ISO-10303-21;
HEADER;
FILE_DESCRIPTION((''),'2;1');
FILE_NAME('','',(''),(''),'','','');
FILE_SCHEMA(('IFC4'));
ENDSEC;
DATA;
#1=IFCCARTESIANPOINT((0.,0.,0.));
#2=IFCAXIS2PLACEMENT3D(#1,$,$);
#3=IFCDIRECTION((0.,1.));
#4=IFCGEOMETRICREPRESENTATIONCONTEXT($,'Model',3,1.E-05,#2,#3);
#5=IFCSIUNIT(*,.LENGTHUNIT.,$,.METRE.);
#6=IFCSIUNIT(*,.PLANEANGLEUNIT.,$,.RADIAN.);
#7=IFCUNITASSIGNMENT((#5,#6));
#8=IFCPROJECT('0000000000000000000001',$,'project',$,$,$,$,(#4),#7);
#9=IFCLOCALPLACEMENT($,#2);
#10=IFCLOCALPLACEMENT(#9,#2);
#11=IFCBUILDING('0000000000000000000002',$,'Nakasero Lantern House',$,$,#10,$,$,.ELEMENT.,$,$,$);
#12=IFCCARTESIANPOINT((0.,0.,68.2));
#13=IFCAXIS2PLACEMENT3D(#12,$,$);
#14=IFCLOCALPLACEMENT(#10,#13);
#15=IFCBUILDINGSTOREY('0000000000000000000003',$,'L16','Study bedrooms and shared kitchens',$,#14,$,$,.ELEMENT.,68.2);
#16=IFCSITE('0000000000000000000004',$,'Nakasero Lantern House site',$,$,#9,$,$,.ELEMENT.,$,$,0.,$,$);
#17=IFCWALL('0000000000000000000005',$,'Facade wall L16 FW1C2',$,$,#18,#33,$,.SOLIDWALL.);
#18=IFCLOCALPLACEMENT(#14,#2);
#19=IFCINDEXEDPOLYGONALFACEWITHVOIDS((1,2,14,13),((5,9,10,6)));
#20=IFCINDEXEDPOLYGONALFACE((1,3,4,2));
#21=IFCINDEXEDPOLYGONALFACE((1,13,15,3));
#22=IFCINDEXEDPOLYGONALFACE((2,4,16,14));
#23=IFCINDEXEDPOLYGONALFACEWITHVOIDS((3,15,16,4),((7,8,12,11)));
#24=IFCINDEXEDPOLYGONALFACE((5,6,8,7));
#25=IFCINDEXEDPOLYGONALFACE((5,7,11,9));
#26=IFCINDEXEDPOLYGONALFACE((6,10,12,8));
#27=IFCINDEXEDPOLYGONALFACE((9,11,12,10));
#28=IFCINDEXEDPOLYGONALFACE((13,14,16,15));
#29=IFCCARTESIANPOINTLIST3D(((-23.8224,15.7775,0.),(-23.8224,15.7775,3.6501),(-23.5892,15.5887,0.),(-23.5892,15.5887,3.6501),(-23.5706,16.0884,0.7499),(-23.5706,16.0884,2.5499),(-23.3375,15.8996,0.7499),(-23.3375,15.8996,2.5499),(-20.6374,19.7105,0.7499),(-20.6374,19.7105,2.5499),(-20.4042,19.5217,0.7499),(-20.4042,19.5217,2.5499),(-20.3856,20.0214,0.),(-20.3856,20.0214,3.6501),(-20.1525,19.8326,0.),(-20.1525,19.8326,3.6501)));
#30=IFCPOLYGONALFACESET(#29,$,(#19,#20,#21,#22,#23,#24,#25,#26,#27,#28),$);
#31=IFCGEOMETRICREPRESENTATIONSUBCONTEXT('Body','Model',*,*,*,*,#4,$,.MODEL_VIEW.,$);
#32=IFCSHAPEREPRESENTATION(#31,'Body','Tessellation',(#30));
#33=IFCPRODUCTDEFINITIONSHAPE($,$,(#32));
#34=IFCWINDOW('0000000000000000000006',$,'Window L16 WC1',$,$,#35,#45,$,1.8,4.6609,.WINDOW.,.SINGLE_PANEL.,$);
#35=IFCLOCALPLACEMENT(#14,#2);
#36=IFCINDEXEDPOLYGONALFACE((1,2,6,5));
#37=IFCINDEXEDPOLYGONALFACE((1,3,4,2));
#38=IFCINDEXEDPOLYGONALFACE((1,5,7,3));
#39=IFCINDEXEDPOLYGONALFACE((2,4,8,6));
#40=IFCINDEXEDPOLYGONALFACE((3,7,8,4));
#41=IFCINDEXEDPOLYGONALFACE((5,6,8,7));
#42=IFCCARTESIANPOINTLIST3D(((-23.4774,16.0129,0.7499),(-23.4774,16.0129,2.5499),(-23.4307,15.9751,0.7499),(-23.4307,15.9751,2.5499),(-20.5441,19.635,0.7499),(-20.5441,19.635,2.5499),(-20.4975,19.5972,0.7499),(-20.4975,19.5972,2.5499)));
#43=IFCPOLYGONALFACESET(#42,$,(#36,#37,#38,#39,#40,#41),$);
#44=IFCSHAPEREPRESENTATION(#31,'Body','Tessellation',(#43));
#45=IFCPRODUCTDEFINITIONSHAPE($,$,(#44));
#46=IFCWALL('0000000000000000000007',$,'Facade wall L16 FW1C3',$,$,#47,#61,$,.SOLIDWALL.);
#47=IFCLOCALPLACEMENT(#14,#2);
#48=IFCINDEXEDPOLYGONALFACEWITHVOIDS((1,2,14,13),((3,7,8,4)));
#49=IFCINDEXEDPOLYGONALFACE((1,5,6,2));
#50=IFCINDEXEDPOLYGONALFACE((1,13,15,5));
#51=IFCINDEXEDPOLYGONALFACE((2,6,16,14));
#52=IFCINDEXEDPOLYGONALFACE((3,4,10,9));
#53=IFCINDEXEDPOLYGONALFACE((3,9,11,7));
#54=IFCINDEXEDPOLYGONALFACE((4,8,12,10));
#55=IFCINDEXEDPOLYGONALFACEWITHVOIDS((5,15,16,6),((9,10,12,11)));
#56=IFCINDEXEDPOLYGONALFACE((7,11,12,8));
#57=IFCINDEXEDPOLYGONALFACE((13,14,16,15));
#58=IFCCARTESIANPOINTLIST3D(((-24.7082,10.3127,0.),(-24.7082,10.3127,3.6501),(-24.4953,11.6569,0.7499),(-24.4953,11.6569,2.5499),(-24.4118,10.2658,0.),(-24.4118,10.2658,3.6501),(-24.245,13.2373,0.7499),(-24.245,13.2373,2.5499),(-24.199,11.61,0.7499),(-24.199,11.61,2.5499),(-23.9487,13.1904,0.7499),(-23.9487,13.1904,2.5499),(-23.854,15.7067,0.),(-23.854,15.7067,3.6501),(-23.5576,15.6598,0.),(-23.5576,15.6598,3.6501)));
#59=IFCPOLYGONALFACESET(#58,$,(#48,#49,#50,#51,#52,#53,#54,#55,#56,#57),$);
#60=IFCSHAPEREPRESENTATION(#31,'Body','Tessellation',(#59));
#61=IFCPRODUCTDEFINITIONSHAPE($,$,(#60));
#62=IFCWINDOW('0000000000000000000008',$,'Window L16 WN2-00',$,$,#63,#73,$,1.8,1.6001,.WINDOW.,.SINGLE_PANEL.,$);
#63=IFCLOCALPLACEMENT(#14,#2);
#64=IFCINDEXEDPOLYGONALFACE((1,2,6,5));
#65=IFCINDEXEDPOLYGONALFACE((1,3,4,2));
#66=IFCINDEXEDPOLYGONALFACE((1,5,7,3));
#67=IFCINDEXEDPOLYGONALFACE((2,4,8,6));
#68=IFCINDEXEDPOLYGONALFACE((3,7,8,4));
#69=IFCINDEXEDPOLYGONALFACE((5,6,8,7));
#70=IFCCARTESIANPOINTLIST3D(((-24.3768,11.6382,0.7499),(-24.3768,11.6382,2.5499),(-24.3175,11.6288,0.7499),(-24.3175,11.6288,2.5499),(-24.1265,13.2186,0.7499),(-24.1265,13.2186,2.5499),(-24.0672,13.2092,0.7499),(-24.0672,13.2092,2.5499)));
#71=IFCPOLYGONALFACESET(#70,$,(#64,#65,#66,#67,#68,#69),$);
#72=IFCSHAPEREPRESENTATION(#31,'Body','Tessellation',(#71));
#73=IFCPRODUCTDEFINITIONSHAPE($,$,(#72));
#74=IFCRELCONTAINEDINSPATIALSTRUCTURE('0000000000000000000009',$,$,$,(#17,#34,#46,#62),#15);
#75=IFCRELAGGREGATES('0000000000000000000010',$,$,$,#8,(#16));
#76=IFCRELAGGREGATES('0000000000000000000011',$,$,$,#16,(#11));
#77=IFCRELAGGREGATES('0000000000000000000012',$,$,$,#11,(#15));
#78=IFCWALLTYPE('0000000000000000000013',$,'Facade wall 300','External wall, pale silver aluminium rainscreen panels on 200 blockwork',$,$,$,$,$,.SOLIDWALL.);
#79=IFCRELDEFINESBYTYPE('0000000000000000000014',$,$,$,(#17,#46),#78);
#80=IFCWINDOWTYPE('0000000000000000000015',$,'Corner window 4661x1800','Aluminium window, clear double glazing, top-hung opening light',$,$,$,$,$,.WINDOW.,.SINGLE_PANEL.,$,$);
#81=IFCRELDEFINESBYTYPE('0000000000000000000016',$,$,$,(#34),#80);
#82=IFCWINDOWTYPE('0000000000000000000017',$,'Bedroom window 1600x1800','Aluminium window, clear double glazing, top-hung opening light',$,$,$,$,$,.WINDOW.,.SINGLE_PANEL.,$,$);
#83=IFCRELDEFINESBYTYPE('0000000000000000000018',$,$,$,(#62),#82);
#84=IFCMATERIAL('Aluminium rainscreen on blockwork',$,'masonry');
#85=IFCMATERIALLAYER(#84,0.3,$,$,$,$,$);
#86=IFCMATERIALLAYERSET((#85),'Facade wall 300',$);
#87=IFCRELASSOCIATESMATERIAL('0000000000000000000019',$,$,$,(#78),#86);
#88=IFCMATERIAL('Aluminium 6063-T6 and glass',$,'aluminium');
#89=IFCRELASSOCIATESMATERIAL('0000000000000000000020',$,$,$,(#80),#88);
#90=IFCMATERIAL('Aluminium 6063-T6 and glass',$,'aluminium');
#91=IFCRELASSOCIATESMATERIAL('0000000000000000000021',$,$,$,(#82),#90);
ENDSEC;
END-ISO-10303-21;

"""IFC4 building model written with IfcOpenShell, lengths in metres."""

from ifc_helpers import new_model, si_unit, direction, frame, frame_2d, origin, place, context, subcontext, project, spatial, rectangle, extrude, material, layer, layer_set, type_object, element, fill, save


model = new_model("IFC4")

# Units and contexts
model_context = context("Model", 3, precision=1e-05, world=origin(), true_north=direction((0.0, 1.0)))
body_context = subcontext(model_context, "Body", "Model", "MODEL_VIEW")
ifc_project = project(units=[si_unit("LENGTHUNIT", "METRE"), si_unit("PLANEANGLEUNIT", "RADIAN")], contexts=[model_context])

# Site, building, storey
site_placement = place(None, origin())
site = spatial("IfcSite", under=ifc_project, at=site_placement, Name="Nakasero Lantern House site", CompositionType="ELEMENT", RefElevation=0.0)
building_placement = place(site_placement, origin())
building = spatial("IfcBuilding", under=site, at=building_placement, Name="Nakasero Lantern House", CompositionType="ELEMENT")
storey_placement = place(building_placement, frame((0.0, 0.0, 68.2)))
storey = spatial("IfcBuildingStorey", under=building, at=storey_placement, Name="L16", Description="Study bedrooms and shared kitchens", CompositionType="ELEMENT", Elevation=68.2)

# Walls, openings, windows
ifc_material_1 = material(Name="Aluminium rainscreen on blockwork", Category="masonry")
ifc_layer_1 = layer(ifc_material_1, 0.3)
ifc_layer_set_1 = layer_set([ifc_layer_1], Name="Facade wall 300")
wall_type_1 = type_object("IfcWallType", Name="Facade wall 300", Description="External wall, pale silver aluminium rainscreen panels on 200 blockwork", PredefinedType="SOLIDWALL", material=ifc_layer_set_1)
wall_1_placement = place(storey_placement, frame((-20.269, 19.927, 0.0), z_axis=(0.0, 0.0, 1.0), x_axis=(-0.629335, -0.777135, 0.0)))
wall_1 = element("IfcWall", 1, at=wall_1_placement, inside=storey, type_object=wall_type_1, Name="Facade wall L16 FW1C2", PredefinedType="SOLIDWALL", context=body_context, shape_type="SweptSolid", body=[
    extrude(rectangle(XDim=5.4609, YDim=0.3, at=frame_2d((2.7305, 0.0))), origin(), (0.0, 0.0, 1.0), 3.6501),
])
opening_1_placement = place(wall_1_placement, frame((0.3999, 0.0, 0.75)))
opening_1 = element("IfcOpeningElement", 2, at=opening_1_placement, cuts=wall_1, PredefinedType="OPENING", context=body_context, shape_type="SweptSolid", body=[
    extrude(rectangle(XDim=4.6609, YDim=1.8, at=frame_2d((2.3306, 0.8999))), frame((0.0, 0.1699, 0.0), z_axis=(0.0, -1.0, 0.0), x_axis=(1.0, 0.0, 0.0)), (0.0, 0.0, 1.0), 0.3401),
])
ifc_material_2 = material(Name="Aluminium 6063-T6 and glass", Category="aluminium")
window_type_1 = type_object("IfcWindowType", Name="Corner window 4661x1800", Description="Aluminium window, clear double glazing, top-hung opening light", PartitioningType="SINGLE_PANEL", PredefinedType="WINDOW", material=ifc_material_2)
window_1_placement = place(opening_1_placement, origin())
window_1 = element("IfcWindow", 3, at=window_1_placement, inside=storey, type_object=window_type_1, Name="Window L16 WC1", OverallHeight=1.8, OverallWidth=4.6609, PartitioningType="SINGLE_PANEL", PredefinedType="WINDOW", context=body_context, shape_type="SweptSolid", body=[
    extrude(rectangle(XDim=4.6609, YDim=1.8, at=frame_2d((2.3306, 0.8999))), frame((0.0, 0.03, 0.0), z_axis=(0.0, -1.0, 0.0), x_axis=(1.0, 0.0, 0.0)), (0.0, 0.0, 1.0), 0.0601),
])
fill(opening_1, window_1)
wall_2_placement = place(storey_placement, frame((-23.7058, 15.6831, 0.0), z_axis=(0.0, 0.0, 1.0), x_axis=(-0.156419, -0.987691, 0.0)))
wall_2 = element("IfcWall", 4, at=wall_2_placement, inside=storey, type_object=wall_type_1, Name="Facade wall L16 FW1C3", PredefinedType="SOLIDWALL", context=body_context, shape_type="SweptSolid", body=[
    extrude(rectangle(XDim=5.4612, YDim=0.3, at=frame_2d((2.7305, 0.0))), origin(), (0.0, 0.0, 1.0), 3.6501),
])
opening_2_placement = place(wall_2_placement, frame((2.5, 0.0, 0.75)))
opening_2 = element("IfcOpeningElement", 5, at=opening_2_placement, cuts=wall_2, PredefinedType="OPENING", context=body_context, shape_type="SweptSolid", body=[
    extrude(rectangle(XDim=1.6001, YDim=1.8, at=frame_2d((0.8, 0.8999))), frame((0.0, 0.1699, 0.0), z_axis=(0.0, -1.0, 0.0), x_axis=(1.0, 0.0, 0.0)), (0.0, 0.0, 1.0), 0.3401),
])
ifc_material_3 = material(Name="Aluminium 6063-T6 and glass", Category="aluminium")
window_type_2 = type_object("IfcWindowType", Name="Bedroom window 1600x1800", Description="Aluminium window, clear double glazing, top-hung opening light", PartitioningType="SINGLE_PANEL", PredefinedType="WINDOW", material=ifc_material_3)
window_2_placement = place(opening_2_placement, origin())
window_2 = element("IfcWindow", 6, at=window_2_placement, inside=storey, type_object=window_type_2, Name="Window L16 WN2-00", OverallHeight=1.8, OverallWidth=1.6001, PartitioningType="SINGLE_PANEL", PredefinedType="WINDOW", context=body_context, shape_type="SweptSolid", body=[
    extrude(rectangle(XDim=1.6001, YDim=1.8, at=frame_2d((0.8, 0.8999))), frame((0.0, 0.03, 0.0), z_axis=(0.0, -1.0, 0.0), x_axis=(1.0, 0.0, 0.0)), (0.0, 0.0, 1.0), 0.0601),
])
fill(opening_2, window_2)

save(model, "model.ifc")
